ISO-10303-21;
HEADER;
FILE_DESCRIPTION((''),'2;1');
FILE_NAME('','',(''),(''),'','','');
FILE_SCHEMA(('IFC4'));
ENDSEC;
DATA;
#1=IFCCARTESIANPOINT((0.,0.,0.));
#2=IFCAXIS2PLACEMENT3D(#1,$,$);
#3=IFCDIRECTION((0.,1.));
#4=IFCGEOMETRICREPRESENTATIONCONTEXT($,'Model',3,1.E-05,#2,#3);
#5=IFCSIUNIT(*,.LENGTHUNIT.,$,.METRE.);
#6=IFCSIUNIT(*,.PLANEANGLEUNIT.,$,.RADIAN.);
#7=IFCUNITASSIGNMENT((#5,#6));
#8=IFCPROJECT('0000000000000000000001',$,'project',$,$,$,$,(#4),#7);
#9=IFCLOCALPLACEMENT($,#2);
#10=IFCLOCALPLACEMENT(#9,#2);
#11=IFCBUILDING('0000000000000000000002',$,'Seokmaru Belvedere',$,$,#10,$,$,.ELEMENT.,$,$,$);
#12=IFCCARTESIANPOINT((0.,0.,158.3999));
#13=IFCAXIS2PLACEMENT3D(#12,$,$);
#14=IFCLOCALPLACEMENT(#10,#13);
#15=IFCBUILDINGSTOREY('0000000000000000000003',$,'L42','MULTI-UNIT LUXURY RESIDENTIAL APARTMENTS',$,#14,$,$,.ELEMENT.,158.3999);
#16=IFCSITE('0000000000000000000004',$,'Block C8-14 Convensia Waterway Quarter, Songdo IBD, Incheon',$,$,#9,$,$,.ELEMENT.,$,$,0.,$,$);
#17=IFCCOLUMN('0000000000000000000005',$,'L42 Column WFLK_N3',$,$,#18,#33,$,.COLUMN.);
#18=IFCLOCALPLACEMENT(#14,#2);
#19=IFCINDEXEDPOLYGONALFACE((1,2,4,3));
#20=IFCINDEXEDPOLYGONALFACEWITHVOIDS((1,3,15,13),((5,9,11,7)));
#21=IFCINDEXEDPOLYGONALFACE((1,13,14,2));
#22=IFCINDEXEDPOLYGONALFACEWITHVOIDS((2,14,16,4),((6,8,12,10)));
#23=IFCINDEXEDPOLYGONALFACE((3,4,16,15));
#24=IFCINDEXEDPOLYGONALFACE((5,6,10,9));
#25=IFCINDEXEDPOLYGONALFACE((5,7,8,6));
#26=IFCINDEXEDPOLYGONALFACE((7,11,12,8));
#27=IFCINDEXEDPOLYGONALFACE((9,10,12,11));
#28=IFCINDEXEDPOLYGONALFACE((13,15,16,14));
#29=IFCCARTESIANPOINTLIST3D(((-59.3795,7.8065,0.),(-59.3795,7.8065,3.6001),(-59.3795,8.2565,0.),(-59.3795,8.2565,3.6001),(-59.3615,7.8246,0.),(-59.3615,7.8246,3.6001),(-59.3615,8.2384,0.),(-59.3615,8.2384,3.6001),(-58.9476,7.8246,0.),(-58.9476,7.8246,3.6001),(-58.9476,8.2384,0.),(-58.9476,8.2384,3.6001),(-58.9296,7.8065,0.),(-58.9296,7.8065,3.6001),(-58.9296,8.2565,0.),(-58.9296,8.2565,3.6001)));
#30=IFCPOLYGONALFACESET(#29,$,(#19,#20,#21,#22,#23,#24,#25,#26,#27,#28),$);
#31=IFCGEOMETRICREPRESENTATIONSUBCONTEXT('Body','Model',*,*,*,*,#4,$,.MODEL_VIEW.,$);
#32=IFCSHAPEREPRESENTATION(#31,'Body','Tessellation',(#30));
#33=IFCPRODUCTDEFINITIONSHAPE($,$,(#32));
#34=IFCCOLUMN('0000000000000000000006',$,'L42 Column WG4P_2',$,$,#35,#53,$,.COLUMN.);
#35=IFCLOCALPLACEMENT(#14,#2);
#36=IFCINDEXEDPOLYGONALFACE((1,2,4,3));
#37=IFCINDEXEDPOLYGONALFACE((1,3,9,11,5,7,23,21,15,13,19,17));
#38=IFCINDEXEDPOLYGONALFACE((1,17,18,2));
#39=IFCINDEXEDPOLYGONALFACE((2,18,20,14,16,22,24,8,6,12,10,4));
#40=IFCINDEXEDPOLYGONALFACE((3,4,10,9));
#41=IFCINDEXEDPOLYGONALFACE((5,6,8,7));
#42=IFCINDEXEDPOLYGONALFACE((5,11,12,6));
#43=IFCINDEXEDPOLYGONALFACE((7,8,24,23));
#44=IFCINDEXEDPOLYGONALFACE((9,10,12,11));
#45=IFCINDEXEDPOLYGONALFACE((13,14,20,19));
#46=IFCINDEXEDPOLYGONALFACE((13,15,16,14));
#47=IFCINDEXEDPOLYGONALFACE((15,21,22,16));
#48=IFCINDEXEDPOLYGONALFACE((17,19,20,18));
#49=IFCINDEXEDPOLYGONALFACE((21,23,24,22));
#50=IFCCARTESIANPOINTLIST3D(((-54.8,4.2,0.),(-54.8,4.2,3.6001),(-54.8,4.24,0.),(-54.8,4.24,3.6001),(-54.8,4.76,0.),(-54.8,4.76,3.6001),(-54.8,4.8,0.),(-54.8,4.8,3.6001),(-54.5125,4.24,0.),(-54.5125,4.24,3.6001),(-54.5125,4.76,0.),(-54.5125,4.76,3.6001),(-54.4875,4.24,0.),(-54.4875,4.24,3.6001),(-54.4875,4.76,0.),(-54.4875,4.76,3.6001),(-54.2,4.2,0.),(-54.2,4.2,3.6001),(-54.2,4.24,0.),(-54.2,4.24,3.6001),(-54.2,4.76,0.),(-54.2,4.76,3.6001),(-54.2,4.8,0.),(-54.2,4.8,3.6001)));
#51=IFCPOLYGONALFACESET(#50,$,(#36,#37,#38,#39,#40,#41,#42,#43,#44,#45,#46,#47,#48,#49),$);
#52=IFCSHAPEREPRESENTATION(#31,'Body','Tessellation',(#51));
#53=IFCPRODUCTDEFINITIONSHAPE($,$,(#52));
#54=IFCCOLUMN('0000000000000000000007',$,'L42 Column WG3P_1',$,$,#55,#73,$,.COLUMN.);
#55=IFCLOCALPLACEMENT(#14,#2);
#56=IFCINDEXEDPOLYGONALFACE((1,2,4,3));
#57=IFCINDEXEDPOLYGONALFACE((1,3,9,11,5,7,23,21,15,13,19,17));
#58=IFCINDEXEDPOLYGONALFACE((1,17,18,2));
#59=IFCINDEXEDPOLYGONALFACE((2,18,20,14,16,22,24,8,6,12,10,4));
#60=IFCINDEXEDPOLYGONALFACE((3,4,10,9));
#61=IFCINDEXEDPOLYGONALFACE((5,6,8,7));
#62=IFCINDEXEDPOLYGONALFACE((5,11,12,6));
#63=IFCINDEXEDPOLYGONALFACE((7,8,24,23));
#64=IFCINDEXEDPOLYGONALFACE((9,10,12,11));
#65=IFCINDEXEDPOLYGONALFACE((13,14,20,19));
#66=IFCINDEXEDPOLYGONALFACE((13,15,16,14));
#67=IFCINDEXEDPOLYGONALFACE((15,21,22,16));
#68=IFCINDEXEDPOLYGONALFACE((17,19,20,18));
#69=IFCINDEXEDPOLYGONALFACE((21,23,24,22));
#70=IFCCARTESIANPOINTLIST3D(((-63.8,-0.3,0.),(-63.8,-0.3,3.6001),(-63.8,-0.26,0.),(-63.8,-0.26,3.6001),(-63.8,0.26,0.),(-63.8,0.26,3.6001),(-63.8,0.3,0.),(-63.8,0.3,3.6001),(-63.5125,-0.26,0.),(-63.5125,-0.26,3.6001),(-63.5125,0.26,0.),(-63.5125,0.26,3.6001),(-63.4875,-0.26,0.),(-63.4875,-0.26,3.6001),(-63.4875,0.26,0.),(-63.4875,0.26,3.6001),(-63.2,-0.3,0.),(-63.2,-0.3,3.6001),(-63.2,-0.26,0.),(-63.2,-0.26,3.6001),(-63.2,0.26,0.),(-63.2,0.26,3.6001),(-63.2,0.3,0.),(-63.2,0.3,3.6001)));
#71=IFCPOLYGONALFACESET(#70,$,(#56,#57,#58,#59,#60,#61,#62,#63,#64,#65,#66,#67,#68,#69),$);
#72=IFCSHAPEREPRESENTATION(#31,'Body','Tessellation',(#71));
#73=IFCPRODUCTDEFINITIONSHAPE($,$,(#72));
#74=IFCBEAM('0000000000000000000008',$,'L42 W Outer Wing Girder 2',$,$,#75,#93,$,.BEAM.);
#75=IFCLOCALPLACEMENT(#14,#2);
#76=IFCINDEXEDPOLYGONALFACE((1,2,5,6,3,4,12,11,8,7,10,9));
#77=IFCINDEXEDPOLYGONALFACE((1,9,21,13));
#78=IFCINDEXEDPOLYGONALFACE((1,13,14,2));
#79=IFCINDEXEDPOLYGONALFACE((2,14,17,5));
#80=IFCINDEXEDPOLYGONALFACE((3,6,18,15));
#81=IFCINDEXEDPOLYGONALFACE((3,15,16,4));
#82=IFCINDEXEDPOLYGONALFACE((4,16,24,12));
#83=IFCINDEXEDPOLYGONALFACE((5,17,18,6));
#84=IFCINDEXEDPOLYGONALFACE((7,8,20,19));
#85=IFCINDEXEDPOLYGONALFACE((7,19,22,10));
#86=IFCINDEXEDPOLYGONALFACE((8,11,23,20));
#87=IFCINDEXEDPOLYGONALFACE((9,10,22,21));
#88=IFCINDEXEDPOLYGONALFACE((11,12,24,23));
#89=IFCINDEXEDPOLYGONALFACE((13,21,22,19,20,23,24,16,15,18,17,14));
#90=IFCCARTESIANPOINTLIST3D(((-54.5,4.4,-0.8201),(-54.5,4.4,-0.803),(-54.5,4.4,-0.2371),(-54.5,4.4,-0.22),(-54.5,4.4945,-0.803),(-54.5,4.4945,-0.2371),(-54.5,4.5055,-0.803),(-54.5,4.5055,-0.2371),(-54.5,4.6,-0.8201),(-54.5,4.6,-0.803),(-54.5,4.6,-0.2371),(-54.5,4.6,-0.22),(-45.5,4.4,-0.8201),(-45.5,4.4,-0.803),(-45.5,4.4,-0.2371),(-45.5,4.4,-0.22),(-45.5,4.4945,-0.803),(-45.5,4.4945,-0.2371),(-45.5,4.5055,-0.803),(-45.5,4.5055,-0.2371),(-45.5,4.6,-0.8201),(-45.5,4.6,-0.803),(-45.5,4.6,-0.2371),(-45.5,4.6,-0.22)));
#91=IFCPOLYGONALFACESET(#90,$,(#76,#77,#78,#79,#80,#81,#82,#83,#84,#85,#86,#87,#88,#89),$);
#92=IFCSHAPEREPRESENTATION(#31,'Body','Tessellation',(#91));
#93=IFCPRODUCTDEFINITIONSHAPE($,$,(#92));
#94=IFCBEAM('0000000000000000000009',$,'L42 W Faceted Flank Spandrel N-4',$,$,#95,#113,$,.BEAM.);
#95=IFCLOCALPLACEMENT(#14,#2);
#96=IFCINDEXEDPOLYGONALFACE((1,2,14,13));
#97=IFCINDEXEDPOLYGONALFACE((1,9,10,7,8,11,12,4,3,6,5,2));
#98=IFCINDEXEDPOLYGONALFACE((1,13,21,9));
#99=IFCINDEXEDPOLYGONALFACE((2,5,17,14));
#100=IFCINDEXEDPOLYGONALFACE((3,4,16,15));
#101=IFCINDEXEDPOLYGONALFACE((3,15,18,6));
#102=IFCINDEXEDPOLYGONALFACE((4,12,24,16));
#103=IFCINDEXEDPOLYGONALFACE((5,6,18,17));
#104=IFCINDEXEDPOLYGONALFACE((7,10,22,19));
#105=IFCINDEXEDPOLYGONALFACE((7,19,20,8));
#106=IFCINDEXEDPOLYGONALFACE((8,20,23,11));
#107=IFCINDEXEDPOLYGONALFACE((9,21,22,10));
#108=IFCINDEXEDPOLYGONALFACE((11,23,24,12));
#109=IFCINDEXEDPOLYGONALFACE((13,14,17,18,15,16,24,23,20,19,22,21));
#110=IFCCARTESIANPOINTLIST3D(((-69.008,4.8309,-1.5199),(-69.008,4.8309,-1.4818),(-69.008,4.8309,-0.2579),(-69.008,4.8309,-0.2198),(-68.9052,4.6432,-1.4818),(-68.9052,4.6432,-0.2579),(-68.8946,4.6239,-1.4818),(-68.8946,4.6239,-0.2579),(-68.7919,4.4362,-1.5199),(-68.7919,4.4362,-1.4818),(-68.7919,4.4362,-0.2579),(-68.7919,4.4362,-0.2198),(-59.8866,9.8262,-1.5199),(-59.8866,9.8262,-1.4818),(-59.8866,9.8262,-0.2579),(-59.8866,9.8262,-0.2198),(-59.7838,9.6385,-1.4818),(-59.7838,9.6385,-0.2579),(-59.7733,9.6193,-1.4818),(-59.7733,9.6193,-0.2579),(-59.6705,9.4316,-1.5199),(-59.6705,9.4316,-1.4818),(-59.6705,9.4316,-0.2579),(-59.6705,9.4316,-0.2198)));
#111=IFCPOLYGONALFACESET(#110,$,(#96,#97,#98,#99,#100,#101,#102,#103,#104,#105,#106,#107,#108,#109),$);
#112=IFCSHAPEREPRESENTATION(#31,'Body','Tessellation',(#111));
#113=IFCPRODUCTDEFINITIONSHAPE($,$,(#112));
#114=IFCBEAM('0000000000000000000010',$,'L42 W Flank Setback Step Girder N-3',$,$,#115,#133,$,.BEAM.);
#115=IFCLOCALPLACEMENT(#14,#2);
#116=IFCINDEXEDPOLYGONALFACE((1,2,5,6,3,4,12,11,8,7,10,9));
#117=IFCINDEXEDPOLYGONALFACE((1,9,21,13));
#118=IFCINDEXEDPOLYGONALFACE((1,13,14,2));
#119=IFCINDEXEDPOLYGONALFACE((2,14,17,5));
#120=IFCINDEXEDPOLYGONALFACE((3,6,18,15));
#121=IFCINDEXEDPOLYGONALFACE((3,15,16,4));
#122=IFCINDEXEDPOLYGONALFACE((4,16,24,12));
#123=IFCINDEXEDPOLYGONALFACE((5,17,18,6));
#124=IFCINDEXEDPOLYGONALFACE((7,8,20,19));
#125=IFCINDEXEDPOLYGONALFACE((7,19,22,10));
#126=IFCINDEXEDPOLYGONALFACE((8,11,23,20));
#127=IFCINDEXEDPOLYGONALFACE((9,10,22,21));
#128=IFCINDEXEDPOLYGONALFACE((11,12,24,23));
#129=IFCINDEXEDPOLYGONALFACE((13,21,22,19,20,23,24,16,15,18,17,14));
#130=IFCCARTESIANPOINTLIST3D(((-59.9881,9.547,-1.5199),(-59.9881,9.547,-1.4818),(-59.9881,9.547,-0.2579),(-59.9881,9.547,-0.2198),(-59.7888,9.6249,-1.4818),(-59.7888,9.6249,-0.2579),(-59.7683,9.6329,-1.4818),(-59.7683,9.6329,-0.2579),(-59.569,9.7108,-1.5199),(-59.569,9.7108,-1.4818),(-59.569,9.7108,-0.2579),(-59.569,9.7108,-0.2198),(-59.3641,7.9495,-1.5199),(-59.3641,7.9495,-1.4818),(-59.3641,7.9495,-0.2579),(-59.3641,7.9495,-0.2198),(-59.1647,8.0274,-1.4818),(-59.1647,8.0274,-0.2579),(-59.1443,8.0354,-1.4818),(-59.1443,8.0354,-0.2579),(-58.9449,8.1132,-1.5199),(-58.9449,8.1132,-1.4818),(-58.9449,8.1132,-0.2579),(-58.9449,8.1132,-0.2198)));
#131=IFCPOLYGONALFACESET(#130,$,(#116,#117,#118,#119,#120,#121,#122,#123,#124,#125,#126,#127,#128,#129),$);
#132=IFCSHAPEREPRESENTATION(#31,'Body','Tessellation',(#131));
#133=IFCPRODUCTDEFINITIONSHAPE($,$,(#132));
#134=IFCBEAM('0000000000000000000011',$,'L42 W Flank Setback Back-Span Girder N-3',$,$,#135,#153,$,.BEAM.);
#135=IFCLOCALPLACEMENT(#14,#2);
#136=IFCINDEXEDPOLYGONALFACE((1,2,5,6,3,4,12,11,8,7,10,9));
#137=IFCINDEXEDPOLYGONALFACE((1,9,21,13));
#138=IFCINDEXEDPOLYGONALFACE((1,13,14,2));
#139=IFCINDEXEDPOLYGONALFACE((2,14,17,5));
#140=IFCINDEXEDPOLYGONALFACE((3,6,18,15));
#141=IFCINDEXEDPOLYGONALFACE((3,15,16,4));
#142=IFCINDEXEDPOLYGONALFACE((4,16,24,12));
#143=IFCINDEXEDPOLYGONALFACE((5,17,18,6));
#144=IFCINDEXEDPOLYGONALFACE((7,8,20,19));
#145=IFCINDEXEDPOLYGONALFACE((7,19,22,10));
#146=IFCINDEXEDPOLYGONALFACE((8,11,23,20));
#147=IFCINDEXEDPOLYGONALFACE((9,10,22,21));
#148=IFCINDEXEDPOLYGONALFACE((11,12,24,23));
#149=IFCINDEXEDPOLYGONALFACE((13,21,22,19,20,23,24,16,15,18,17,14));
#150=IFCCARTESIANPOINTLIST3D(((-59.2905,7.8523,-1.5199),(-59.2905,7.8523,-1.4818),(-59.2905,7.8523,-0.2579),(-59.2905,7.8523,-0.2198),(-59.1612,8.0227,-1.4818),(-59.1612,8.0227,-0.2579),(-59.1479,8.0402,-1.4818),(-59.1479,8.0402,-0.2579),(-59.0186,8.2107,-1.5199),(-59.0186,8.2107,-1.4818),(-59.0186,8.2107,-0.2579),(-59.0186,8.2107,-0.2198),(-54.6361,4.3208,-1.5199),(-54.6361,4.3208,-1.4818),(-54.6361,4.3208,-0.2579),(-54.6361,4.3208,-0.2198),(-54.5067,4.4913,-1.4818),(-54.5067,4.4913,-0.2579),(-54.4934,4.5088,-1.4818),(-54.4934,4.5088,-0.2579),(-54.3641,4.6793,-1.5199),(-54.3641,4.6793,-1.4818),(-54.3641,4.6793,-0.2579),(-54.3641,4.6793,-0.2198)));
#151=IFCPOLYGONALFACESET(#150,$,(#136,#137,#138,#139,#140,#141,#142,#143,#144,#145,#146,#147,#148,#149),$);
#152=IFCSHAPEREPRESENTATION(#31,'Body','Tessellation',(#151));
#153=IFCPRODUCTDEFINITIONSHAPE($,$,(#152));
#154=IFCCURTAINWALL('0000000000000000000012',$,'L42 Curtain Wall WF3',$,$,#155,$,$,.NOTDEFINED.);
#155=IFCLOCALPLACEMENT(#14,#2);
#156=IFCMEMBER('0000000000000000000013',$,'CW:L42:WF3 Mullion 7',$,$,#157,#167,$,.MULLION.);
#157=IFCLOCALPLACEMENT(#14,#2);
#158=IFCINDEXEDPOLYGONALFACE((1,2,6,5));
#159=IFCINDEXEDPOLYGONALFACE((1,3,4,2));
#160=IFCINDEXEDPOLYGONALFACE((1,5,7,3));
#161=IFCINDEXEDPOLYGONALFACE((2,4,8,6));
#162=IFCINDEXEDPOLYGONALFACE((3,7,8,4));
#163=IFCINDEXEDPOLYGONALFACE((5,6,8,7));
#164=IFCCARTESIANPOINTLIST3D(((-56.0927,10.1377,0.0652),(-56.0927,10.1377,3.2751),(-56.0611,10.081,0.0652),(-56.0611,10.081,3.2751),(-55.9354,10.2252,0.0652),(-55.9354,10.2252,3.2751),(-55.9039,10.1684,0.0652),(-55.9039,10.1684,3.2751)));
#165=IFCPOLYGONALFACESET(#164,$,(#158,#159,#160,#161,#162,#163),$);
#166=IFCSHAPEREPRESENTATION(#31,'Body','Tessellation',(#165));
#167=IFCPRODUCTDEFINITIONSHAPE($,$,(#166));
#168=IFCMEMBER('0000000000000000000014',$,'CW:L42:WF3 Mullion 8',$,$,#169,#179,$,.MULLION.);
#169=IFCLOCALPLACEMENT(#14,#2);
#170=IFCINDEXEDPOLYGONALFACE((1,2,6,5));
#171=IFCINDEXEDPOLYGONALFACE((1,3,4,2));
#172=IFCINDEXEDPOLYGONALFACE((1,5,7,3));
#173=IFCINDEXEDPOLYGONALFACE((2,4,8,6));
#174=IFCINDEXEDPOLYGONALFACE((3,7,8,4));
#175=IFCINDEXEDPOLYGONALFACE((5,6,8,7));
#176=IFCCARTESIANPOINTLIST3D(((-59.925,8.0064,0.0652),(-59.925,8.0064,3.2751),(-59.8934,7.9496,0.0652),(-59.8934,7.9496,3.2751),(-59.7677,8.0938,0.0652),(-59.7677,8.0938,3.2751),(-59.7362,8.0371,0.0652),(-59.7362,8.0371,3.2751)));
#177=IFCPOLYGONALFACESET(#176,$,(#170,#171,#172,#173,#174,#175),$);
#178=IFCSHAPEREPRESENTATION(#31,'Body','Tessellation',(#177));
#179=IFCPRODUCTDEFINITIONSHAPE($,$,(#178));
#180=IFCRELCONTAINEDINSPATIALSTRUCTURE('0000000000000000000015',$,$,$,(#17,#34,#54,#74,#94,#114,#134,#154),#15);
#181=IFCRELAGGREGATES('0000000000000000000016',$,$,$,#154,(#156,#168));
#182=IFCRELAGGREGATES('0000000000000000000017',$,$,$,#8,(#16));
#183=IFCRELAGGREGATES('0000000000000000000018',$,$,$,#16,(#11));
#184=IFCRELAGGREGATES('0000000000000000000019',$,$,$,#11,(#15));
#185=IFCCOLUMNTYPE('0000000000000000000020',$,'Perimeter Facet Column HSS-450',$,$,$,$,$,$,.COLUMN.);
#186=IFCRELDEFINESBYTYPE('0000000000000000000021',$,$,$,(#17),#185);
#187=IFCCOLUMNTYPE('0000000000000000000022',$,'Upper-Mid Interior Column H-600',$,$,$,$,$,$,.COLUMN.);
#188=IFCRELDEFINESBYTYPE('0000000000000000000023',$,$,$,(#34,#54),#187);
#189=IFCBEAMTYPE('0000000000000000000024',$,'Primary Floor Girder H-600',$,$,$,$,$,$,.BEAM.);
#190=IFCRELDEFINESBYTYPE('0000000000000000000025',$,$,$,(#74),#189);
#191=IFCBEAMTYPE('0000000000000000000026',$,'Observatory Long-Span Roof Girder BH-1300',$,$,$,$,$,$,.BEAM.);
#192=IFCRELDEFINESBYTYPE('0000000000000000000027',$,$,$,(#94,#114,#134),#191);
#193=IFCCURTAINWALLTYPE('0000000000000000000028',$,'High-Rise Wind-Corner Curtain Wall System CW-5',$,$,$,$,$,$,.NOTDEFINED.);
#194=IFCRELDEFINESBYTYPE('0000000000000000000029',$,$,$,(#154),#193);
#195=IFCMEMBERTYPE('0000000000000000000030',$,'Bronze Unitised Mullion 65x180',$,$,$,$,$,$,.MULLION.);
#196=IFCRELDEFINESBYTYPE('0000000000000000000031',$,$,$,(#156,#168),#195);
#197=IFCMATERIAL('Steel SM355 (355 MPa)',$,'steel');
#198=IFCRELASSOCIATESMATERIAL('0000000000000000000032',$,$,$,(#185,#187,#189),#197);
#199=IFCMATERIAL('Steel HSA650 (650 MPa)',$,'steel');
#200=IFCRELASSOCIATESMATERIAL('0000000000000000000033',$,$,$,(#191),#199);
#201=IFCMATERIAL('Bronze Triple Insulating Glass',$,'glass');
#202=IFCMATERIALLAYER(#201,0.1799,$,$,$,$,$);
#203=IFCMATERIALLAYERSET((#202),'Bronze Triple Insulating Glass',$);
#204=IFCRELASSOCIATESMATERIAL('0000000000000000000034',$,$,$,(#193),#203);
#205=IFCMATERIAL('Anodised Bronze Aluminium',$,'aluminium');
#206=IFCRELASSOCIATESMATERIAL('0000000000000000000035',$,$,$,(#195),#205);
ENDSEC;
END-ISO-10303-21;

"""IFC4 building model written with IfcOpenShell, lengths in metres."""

from ifc_helpers import new_model, si_unit, direction, frame, origin, origin_2d, place, context, subcontext, project, spatial, rectangle, hollow_rectangle, i_section, extrude, source, transform, mapped, material, layer, layer_set, material_profile, profile_set, type_object, type_shapes, element, aggregate, save


model = new_model("IFC4")

# Units and contexts
model_context = context("Model", 3, precision=1e-05, world=origin(), true_north=direction((0.0, 1.0)))
body_context = subcontext(model_context, "Body", "Model", "MODEL_VIEW")
ifc_project = project(units=[si_unit("LENGTHUNIT", "METRE"), si_unit("PLANEANGLEUNIT", "RADIAN")], contexts=[model_context])

# Site, building, storey
site_placement = place(None, origin())
site = spatial("IfcSite", under=ifc_project, at=site_placement, Name="Block C8-14 Convensia Waterway Quarter, Songdo IBD, Incheon", CompositionType="ELEMENT", RefElevation=0.0)
building_placement = place(site_placement, origin())
building = spatial("IfcBuilding", under=site, at=building_placement, Name="Seokmaru Belvedere", CompositionType="ELEMENT")
storey_placement = place(building_placement, frame((0.0, 0.0, 158.3999)))
storey = spatial("IfcBuildingStorey", under=building, at=storey_placement, Name="L42", Description="MULTI-UNIT LUXURY RESIDENTIAL APARTMENTS", CompositionType="ELEMENT", Elevation=158.3999)

# Columns
ifc_material_1 = material(Name="Steel SM355 (355 MPa)", Category="steel")
ifc_material_profile_1 = material_profile(ifc_material_1, hollow_rectangle(XDim=0.45, YDim=0.45, WallThickness=0.0181, at=origin_2d()), Name="HSS-450x450x18")
ifc_profile_set_1 = profile_set([ifc_material_profile_1], Name="Steel SM355 (355 MPa)")
column_type_1 = type_object("IfcColumnType", Name="Perimeter Facet Column HSS-450", PredefinedType="COLUMN", material=ifc_profile_set_1)
shared_shape_1 = source(origin(), body_context, "Body", "SweptSolid", [
    extrude(hollow_rectangle(XDim=0.45, YDim=0.45, WallThickness=0.0181, at=origin_2d()), origin(), (0.0, 0.0, 1.0), 3.6001),
])
type_shapes(column_type_1, [shared_shape_1])
column_placement = place(storey_placement, frame((-59.1545, 8.0315, 0.0), z_axis=(0.0, 0.0, 1.0), x_axis=(1.0, 0.0, 0.0)))
element("IfcColumn", 1, at=column_placement, inside=storey, type_object=column_type_1, Name="L42 Column WFLK_N3", PredefinedType="COLUMN", context=body_context, shape_type="MappedRepresentation", body=[
    mapped(shared_shape_1, transform((0.0, 0.0, 0.0), scale=1.0)),
])
ifc_material_profile_2 = material_profile(ifc_material_1, i_section(OverallWidth=0.6001, OverallDepth=0.6001, WebThickness=0.0249, FlangeThickness=0.04, at=origin_2d()), Name="H-600x600x25x40")
ifc_profile_set_2 = profile_set([ifc_material_profile_2], Name="Steel SM355 (355 MPa)")
column_type_2 = type_object("IfcColumnType", Name="Upper-Mid Interior Column H-600", PredefinedType="COLUMN", material=ifc_profile_set_2)
shared_shape_2 = source(origin(), body_context, "Body", "SweptSolid", [
    extrude(i_section(OverallWidth=0.6001, OverallDepth=0.6001, WebThickness=0.0249, FlangeThickness=0.04, at=origin_2d()), origin(), (0.0, 0.0, 1.0), 3.6001),
])
type_shapes(column_type_2, [shared_shape_2])
for number, where, z_axis, x_axis, name in (
    (2, (-54.5, 4.5, 0.0), (0.0, 0.0, 1.0), (1.0, 0.0, 0.0), "L42 Column WG4P_2"),
    (3, (-63.5, 0.0, 0.0), (0.0, 0.0, 1.0), (1.0, 0.0, 0.0), "L42 Column WG3P_1"),
):
    element("IfcColumn", number, at=place(storey_placement, frame(where, z_axis=z_axis, x_axis=x_axis)), inside=storey, type_object=column_type_2, Name=name, PredefinedType="COLUMN", context=body_context, shape_type="MappedRepresentation", body=[
        mapped(shared_shape_2, transform((0.0, 0.0, 0.0), scale=1.0)),
    ])

# Beams
ifc_material_profile_3 = material_profile(ifc_material_1, i_section(OverallWidth=0.2, OverallDepth=0.6001, WebThickness=0.011, FlangeThickness=0.0171, at=origin_2d()), Name="H-600x200x11x17")
ifc_profile_set_3 = profile_set([ifc_material_profile_3], Name="Steel SM355 (355 MPa)")
beam_type_1 = type_object("IfcBeamType", Name="Primary Floor Girder H-600", PredefinedType="BEAM", material=ifc_profile_set_3)
shared_shape_3 = source(origin(), body_context, "Body", "SweptSolid", [
    extrude(i_section(OverallWidth=0.2, OverallDepth=0.6001, WebThickness=0.011, FlangeThickness=0.0171, at=origin_2d()), origin(), (0.0, 0.0, 1.0), 9.0),
])
type_shapes(beam_type_1, [shared_shape_3])
beam_1_placement = place(storey_placement, frame((-54.5, 4.5, -0.52), z_axis=(1.0, 0.0, 0.0), x_axis=(0.0, 1.0, 0.0)))
element("IfcBeam", 4, at=beam_1_placement, inside=storey, type_object=beam_type_1, Name="L42 W Outer Wing Girder 2", PredefinedType="BEAM", context=body_context, shape_type="MappedRepresentation", body=[
    mapped(shared_shape_3, transform((0.0, 0.0, 0.0), scale=1.0)),
])
ifc_material_2 = material(Name="Steel HSA650 (650 MPa)", Category="steel")
ifc_material_profile_4 = material_profile(ifc_material_2, i_section(OverallWidth=0.45, OverallDepth=1.3, WebThickness=0.022, FlangeThickness=0.0381, at=origin_2d()), Name="BH-1300x450x22x38")
ifc_profile_set_4 = profile_set([ifc_material_profile_4], Name="Steel HSA650 (650 MPa)")
beam_type_2 = type_object("IfcBeamType", Name="Observatory Long-Span Roof Girder BH-1300", PredefinedType="BEAM", material=ifc_profile_set_4)
shared_shape_4 = source(origin(), body_context, "Body", "SweptSolid", [
    extrude(i_section(OverallWidth=0.45, OverallDepth=1.3, WebThickness=0.022, FlangeThickness=0.0381, at=origin_2d()), origin(), (0.0, 0.0, 1.0), 10.3997),
])
beam_2_placement = place(storey_placement, frame((-59.7786, 9.6289, -0.8699), z_axis=(-0.877082, -0.48034, 0.0), x_axis=(0.48034, -0.877082, 0.0)))
element("IfcBeam", 5, at=beam_2_placement, inside=storey, type_object=beam_type_2, Name="L42 W Faceted Flank Spandrel N-4", PredefinedType="BEAM", context=body_context, shape_type="MappedRepresentation", body=[
    mapped(shared_shape_4, transform((0.0, 0.0, 0.0), scale=1.0)),
])
shared_shape_5 = source(origin(), body_context, "Body", "SweptSolid", [
    extrude(i_section(OverallWidth=0.45, OverallDepth=1.3, WebThickness=0.022, FlangeThickness=0.0381, at=origin_2d()), origin(), (0.0, 0.0, 1.0), 1.7151),
])
beam_3_placement = place(storey_placement, frame((-59.7786, 9.6289, -0.8699), z_axis=(0.363868, -0.931451, 0.0), x_axis=(0.931451, 0.363868, 0.0)))
element("IfcBeam", 6, at=beam_3_placement, inside=storey, type_object=beam_type_2, Name="L42 W Flank Setback Step Girder N-3", PredefinedType="BEAM", context=body_context, shape_type="MappedRepresentation", body=[
    mapped(shared_shape_5, transform((0.0, 0.0, 0.0), scale=1.0)),
])
shared_shape_6 = source(origin(), body_context, "Body", "SweptSolid", [
    extrude(i_section(OverallWidth=0.45, OverallDepth=1.3, WebThickness=0.022, FlangeThickness=0.0381, at=origin_2d()), origin(), (0.0, 0.0, 1.0), 5.8425),
])
type_shapes(beam_type_2, [shared_shape_4, shared_shape_5, shared_shape_6])
beam_4_placement = place(storey_placement, frame((-59.1545, 8.0315, -0.8699), z_axis=(0.796653, -0.604437, 0.0), x_axis=(0.604437, 0.796653, 0.0)))
element("IfcBeam", 7, at=beam_4_placement, inside=storey, type_object=beam_type_2, Name="L42 W Flank Setback Back-Span Girder N-3", PredefinedType="BEAM", context=body_context, shape_type="MappedRepresentation", body=[
    mapped(shared_shape_6, transform((0.0, 0.0, 0.0), scale=1.0)),
])

# Curtain wall, members
ifc_material_3 = material(Name="Bronze Triple Insulating Glass", Category="glass")
ifc_layer_1 = layer(ifc_material_3, 0.1799)
ifc_layer_set_1 = layer_set([ifc_layer_1], Name="Bronze Triple Insulating Glass")
curtain_wall_type = type_object("IfcCurtainWallType", Name="High-Rise Wind-Corner Curtain Wall System CW-5", PredefinedType="NOTDEFINED", material=ifc_layer_set_1)
curtain_wall_placement = place(storey_placement, origin())
curtain_wall = element("IfcCurtainWall", 8, at=curtain_wall_placement, inside=storey, type_object=curtain_wall_type, Name="L42 Curtain Wall WF3", PredefinedType="NOTDEFINED")
ifc_material_4 = material(Name="Anodised Bronze Aluminium", Category="aluminium")
ifc_material_profile_5 = material_profile(ifc_material_4, rectangle(XDim=0.0649, YDim=0.1799, at=origin_2d()), Name="CW-M-65x180")
ifc_profile_set_5 = profile_set([ifc_material_profile_5], Name="Anodised Bronze Aluminium")
member_type = type_object("IfcMemberType", Name="Bronze Unitised Mullion 65x180", PredefinedType="MULLION", material=ifc_profile_set_5)
shared_shape_7 = source(origin(), body_context, "Body", "SweptSolid", [
    extrude(rectangle(XDim=0.0649, YDim=0.1799, at=origin_2d()), origin(), (0.0, 0.0, 1.0), 3.21),
])
type_shapes(member_type, [shared_shape_7])
member_1_placement = place(storey_placement, frame((-55.9983, 10.1531, 0.0652), z_axis=(0.0, 0.0, 1.0), x_axis=(0.486047, -0.873933, 0.0)))
member_1 = element("IfcMember", 9, at=member_1_placement, type_object=member_type, Name="CW:L42:WF3 Mullion 7", PredefinedType="MULLION", context=body_context, shape_type="MappedRepresentation", body=[
    mapped(shared_shape_7, transform((0.0, 0.0, 0.0), scale=1.0)),
])
member_2_placement = place(storey_placement, frame((-59.8306, 8.0217, 0.0652), z_axis=(0.0, 0.0, 1.0), x_axis=(0.486047, -0.873933, 0.0)))
member_2 = element("IfcMember", 10, at=member_2_placement, type_object=member_type, Name="CW:L42:WF3 Mullion 8", PredefinedType="MULLION", context=body_context, shape_type="MappedRepresentation", body=[
    mapped(shared_shape_7, transform((0.0, 0.0, 0.0), scale=1.0)),
])
aggregate(curtain_wall, [member_1, member_2])

save(model, "model.ifc")
